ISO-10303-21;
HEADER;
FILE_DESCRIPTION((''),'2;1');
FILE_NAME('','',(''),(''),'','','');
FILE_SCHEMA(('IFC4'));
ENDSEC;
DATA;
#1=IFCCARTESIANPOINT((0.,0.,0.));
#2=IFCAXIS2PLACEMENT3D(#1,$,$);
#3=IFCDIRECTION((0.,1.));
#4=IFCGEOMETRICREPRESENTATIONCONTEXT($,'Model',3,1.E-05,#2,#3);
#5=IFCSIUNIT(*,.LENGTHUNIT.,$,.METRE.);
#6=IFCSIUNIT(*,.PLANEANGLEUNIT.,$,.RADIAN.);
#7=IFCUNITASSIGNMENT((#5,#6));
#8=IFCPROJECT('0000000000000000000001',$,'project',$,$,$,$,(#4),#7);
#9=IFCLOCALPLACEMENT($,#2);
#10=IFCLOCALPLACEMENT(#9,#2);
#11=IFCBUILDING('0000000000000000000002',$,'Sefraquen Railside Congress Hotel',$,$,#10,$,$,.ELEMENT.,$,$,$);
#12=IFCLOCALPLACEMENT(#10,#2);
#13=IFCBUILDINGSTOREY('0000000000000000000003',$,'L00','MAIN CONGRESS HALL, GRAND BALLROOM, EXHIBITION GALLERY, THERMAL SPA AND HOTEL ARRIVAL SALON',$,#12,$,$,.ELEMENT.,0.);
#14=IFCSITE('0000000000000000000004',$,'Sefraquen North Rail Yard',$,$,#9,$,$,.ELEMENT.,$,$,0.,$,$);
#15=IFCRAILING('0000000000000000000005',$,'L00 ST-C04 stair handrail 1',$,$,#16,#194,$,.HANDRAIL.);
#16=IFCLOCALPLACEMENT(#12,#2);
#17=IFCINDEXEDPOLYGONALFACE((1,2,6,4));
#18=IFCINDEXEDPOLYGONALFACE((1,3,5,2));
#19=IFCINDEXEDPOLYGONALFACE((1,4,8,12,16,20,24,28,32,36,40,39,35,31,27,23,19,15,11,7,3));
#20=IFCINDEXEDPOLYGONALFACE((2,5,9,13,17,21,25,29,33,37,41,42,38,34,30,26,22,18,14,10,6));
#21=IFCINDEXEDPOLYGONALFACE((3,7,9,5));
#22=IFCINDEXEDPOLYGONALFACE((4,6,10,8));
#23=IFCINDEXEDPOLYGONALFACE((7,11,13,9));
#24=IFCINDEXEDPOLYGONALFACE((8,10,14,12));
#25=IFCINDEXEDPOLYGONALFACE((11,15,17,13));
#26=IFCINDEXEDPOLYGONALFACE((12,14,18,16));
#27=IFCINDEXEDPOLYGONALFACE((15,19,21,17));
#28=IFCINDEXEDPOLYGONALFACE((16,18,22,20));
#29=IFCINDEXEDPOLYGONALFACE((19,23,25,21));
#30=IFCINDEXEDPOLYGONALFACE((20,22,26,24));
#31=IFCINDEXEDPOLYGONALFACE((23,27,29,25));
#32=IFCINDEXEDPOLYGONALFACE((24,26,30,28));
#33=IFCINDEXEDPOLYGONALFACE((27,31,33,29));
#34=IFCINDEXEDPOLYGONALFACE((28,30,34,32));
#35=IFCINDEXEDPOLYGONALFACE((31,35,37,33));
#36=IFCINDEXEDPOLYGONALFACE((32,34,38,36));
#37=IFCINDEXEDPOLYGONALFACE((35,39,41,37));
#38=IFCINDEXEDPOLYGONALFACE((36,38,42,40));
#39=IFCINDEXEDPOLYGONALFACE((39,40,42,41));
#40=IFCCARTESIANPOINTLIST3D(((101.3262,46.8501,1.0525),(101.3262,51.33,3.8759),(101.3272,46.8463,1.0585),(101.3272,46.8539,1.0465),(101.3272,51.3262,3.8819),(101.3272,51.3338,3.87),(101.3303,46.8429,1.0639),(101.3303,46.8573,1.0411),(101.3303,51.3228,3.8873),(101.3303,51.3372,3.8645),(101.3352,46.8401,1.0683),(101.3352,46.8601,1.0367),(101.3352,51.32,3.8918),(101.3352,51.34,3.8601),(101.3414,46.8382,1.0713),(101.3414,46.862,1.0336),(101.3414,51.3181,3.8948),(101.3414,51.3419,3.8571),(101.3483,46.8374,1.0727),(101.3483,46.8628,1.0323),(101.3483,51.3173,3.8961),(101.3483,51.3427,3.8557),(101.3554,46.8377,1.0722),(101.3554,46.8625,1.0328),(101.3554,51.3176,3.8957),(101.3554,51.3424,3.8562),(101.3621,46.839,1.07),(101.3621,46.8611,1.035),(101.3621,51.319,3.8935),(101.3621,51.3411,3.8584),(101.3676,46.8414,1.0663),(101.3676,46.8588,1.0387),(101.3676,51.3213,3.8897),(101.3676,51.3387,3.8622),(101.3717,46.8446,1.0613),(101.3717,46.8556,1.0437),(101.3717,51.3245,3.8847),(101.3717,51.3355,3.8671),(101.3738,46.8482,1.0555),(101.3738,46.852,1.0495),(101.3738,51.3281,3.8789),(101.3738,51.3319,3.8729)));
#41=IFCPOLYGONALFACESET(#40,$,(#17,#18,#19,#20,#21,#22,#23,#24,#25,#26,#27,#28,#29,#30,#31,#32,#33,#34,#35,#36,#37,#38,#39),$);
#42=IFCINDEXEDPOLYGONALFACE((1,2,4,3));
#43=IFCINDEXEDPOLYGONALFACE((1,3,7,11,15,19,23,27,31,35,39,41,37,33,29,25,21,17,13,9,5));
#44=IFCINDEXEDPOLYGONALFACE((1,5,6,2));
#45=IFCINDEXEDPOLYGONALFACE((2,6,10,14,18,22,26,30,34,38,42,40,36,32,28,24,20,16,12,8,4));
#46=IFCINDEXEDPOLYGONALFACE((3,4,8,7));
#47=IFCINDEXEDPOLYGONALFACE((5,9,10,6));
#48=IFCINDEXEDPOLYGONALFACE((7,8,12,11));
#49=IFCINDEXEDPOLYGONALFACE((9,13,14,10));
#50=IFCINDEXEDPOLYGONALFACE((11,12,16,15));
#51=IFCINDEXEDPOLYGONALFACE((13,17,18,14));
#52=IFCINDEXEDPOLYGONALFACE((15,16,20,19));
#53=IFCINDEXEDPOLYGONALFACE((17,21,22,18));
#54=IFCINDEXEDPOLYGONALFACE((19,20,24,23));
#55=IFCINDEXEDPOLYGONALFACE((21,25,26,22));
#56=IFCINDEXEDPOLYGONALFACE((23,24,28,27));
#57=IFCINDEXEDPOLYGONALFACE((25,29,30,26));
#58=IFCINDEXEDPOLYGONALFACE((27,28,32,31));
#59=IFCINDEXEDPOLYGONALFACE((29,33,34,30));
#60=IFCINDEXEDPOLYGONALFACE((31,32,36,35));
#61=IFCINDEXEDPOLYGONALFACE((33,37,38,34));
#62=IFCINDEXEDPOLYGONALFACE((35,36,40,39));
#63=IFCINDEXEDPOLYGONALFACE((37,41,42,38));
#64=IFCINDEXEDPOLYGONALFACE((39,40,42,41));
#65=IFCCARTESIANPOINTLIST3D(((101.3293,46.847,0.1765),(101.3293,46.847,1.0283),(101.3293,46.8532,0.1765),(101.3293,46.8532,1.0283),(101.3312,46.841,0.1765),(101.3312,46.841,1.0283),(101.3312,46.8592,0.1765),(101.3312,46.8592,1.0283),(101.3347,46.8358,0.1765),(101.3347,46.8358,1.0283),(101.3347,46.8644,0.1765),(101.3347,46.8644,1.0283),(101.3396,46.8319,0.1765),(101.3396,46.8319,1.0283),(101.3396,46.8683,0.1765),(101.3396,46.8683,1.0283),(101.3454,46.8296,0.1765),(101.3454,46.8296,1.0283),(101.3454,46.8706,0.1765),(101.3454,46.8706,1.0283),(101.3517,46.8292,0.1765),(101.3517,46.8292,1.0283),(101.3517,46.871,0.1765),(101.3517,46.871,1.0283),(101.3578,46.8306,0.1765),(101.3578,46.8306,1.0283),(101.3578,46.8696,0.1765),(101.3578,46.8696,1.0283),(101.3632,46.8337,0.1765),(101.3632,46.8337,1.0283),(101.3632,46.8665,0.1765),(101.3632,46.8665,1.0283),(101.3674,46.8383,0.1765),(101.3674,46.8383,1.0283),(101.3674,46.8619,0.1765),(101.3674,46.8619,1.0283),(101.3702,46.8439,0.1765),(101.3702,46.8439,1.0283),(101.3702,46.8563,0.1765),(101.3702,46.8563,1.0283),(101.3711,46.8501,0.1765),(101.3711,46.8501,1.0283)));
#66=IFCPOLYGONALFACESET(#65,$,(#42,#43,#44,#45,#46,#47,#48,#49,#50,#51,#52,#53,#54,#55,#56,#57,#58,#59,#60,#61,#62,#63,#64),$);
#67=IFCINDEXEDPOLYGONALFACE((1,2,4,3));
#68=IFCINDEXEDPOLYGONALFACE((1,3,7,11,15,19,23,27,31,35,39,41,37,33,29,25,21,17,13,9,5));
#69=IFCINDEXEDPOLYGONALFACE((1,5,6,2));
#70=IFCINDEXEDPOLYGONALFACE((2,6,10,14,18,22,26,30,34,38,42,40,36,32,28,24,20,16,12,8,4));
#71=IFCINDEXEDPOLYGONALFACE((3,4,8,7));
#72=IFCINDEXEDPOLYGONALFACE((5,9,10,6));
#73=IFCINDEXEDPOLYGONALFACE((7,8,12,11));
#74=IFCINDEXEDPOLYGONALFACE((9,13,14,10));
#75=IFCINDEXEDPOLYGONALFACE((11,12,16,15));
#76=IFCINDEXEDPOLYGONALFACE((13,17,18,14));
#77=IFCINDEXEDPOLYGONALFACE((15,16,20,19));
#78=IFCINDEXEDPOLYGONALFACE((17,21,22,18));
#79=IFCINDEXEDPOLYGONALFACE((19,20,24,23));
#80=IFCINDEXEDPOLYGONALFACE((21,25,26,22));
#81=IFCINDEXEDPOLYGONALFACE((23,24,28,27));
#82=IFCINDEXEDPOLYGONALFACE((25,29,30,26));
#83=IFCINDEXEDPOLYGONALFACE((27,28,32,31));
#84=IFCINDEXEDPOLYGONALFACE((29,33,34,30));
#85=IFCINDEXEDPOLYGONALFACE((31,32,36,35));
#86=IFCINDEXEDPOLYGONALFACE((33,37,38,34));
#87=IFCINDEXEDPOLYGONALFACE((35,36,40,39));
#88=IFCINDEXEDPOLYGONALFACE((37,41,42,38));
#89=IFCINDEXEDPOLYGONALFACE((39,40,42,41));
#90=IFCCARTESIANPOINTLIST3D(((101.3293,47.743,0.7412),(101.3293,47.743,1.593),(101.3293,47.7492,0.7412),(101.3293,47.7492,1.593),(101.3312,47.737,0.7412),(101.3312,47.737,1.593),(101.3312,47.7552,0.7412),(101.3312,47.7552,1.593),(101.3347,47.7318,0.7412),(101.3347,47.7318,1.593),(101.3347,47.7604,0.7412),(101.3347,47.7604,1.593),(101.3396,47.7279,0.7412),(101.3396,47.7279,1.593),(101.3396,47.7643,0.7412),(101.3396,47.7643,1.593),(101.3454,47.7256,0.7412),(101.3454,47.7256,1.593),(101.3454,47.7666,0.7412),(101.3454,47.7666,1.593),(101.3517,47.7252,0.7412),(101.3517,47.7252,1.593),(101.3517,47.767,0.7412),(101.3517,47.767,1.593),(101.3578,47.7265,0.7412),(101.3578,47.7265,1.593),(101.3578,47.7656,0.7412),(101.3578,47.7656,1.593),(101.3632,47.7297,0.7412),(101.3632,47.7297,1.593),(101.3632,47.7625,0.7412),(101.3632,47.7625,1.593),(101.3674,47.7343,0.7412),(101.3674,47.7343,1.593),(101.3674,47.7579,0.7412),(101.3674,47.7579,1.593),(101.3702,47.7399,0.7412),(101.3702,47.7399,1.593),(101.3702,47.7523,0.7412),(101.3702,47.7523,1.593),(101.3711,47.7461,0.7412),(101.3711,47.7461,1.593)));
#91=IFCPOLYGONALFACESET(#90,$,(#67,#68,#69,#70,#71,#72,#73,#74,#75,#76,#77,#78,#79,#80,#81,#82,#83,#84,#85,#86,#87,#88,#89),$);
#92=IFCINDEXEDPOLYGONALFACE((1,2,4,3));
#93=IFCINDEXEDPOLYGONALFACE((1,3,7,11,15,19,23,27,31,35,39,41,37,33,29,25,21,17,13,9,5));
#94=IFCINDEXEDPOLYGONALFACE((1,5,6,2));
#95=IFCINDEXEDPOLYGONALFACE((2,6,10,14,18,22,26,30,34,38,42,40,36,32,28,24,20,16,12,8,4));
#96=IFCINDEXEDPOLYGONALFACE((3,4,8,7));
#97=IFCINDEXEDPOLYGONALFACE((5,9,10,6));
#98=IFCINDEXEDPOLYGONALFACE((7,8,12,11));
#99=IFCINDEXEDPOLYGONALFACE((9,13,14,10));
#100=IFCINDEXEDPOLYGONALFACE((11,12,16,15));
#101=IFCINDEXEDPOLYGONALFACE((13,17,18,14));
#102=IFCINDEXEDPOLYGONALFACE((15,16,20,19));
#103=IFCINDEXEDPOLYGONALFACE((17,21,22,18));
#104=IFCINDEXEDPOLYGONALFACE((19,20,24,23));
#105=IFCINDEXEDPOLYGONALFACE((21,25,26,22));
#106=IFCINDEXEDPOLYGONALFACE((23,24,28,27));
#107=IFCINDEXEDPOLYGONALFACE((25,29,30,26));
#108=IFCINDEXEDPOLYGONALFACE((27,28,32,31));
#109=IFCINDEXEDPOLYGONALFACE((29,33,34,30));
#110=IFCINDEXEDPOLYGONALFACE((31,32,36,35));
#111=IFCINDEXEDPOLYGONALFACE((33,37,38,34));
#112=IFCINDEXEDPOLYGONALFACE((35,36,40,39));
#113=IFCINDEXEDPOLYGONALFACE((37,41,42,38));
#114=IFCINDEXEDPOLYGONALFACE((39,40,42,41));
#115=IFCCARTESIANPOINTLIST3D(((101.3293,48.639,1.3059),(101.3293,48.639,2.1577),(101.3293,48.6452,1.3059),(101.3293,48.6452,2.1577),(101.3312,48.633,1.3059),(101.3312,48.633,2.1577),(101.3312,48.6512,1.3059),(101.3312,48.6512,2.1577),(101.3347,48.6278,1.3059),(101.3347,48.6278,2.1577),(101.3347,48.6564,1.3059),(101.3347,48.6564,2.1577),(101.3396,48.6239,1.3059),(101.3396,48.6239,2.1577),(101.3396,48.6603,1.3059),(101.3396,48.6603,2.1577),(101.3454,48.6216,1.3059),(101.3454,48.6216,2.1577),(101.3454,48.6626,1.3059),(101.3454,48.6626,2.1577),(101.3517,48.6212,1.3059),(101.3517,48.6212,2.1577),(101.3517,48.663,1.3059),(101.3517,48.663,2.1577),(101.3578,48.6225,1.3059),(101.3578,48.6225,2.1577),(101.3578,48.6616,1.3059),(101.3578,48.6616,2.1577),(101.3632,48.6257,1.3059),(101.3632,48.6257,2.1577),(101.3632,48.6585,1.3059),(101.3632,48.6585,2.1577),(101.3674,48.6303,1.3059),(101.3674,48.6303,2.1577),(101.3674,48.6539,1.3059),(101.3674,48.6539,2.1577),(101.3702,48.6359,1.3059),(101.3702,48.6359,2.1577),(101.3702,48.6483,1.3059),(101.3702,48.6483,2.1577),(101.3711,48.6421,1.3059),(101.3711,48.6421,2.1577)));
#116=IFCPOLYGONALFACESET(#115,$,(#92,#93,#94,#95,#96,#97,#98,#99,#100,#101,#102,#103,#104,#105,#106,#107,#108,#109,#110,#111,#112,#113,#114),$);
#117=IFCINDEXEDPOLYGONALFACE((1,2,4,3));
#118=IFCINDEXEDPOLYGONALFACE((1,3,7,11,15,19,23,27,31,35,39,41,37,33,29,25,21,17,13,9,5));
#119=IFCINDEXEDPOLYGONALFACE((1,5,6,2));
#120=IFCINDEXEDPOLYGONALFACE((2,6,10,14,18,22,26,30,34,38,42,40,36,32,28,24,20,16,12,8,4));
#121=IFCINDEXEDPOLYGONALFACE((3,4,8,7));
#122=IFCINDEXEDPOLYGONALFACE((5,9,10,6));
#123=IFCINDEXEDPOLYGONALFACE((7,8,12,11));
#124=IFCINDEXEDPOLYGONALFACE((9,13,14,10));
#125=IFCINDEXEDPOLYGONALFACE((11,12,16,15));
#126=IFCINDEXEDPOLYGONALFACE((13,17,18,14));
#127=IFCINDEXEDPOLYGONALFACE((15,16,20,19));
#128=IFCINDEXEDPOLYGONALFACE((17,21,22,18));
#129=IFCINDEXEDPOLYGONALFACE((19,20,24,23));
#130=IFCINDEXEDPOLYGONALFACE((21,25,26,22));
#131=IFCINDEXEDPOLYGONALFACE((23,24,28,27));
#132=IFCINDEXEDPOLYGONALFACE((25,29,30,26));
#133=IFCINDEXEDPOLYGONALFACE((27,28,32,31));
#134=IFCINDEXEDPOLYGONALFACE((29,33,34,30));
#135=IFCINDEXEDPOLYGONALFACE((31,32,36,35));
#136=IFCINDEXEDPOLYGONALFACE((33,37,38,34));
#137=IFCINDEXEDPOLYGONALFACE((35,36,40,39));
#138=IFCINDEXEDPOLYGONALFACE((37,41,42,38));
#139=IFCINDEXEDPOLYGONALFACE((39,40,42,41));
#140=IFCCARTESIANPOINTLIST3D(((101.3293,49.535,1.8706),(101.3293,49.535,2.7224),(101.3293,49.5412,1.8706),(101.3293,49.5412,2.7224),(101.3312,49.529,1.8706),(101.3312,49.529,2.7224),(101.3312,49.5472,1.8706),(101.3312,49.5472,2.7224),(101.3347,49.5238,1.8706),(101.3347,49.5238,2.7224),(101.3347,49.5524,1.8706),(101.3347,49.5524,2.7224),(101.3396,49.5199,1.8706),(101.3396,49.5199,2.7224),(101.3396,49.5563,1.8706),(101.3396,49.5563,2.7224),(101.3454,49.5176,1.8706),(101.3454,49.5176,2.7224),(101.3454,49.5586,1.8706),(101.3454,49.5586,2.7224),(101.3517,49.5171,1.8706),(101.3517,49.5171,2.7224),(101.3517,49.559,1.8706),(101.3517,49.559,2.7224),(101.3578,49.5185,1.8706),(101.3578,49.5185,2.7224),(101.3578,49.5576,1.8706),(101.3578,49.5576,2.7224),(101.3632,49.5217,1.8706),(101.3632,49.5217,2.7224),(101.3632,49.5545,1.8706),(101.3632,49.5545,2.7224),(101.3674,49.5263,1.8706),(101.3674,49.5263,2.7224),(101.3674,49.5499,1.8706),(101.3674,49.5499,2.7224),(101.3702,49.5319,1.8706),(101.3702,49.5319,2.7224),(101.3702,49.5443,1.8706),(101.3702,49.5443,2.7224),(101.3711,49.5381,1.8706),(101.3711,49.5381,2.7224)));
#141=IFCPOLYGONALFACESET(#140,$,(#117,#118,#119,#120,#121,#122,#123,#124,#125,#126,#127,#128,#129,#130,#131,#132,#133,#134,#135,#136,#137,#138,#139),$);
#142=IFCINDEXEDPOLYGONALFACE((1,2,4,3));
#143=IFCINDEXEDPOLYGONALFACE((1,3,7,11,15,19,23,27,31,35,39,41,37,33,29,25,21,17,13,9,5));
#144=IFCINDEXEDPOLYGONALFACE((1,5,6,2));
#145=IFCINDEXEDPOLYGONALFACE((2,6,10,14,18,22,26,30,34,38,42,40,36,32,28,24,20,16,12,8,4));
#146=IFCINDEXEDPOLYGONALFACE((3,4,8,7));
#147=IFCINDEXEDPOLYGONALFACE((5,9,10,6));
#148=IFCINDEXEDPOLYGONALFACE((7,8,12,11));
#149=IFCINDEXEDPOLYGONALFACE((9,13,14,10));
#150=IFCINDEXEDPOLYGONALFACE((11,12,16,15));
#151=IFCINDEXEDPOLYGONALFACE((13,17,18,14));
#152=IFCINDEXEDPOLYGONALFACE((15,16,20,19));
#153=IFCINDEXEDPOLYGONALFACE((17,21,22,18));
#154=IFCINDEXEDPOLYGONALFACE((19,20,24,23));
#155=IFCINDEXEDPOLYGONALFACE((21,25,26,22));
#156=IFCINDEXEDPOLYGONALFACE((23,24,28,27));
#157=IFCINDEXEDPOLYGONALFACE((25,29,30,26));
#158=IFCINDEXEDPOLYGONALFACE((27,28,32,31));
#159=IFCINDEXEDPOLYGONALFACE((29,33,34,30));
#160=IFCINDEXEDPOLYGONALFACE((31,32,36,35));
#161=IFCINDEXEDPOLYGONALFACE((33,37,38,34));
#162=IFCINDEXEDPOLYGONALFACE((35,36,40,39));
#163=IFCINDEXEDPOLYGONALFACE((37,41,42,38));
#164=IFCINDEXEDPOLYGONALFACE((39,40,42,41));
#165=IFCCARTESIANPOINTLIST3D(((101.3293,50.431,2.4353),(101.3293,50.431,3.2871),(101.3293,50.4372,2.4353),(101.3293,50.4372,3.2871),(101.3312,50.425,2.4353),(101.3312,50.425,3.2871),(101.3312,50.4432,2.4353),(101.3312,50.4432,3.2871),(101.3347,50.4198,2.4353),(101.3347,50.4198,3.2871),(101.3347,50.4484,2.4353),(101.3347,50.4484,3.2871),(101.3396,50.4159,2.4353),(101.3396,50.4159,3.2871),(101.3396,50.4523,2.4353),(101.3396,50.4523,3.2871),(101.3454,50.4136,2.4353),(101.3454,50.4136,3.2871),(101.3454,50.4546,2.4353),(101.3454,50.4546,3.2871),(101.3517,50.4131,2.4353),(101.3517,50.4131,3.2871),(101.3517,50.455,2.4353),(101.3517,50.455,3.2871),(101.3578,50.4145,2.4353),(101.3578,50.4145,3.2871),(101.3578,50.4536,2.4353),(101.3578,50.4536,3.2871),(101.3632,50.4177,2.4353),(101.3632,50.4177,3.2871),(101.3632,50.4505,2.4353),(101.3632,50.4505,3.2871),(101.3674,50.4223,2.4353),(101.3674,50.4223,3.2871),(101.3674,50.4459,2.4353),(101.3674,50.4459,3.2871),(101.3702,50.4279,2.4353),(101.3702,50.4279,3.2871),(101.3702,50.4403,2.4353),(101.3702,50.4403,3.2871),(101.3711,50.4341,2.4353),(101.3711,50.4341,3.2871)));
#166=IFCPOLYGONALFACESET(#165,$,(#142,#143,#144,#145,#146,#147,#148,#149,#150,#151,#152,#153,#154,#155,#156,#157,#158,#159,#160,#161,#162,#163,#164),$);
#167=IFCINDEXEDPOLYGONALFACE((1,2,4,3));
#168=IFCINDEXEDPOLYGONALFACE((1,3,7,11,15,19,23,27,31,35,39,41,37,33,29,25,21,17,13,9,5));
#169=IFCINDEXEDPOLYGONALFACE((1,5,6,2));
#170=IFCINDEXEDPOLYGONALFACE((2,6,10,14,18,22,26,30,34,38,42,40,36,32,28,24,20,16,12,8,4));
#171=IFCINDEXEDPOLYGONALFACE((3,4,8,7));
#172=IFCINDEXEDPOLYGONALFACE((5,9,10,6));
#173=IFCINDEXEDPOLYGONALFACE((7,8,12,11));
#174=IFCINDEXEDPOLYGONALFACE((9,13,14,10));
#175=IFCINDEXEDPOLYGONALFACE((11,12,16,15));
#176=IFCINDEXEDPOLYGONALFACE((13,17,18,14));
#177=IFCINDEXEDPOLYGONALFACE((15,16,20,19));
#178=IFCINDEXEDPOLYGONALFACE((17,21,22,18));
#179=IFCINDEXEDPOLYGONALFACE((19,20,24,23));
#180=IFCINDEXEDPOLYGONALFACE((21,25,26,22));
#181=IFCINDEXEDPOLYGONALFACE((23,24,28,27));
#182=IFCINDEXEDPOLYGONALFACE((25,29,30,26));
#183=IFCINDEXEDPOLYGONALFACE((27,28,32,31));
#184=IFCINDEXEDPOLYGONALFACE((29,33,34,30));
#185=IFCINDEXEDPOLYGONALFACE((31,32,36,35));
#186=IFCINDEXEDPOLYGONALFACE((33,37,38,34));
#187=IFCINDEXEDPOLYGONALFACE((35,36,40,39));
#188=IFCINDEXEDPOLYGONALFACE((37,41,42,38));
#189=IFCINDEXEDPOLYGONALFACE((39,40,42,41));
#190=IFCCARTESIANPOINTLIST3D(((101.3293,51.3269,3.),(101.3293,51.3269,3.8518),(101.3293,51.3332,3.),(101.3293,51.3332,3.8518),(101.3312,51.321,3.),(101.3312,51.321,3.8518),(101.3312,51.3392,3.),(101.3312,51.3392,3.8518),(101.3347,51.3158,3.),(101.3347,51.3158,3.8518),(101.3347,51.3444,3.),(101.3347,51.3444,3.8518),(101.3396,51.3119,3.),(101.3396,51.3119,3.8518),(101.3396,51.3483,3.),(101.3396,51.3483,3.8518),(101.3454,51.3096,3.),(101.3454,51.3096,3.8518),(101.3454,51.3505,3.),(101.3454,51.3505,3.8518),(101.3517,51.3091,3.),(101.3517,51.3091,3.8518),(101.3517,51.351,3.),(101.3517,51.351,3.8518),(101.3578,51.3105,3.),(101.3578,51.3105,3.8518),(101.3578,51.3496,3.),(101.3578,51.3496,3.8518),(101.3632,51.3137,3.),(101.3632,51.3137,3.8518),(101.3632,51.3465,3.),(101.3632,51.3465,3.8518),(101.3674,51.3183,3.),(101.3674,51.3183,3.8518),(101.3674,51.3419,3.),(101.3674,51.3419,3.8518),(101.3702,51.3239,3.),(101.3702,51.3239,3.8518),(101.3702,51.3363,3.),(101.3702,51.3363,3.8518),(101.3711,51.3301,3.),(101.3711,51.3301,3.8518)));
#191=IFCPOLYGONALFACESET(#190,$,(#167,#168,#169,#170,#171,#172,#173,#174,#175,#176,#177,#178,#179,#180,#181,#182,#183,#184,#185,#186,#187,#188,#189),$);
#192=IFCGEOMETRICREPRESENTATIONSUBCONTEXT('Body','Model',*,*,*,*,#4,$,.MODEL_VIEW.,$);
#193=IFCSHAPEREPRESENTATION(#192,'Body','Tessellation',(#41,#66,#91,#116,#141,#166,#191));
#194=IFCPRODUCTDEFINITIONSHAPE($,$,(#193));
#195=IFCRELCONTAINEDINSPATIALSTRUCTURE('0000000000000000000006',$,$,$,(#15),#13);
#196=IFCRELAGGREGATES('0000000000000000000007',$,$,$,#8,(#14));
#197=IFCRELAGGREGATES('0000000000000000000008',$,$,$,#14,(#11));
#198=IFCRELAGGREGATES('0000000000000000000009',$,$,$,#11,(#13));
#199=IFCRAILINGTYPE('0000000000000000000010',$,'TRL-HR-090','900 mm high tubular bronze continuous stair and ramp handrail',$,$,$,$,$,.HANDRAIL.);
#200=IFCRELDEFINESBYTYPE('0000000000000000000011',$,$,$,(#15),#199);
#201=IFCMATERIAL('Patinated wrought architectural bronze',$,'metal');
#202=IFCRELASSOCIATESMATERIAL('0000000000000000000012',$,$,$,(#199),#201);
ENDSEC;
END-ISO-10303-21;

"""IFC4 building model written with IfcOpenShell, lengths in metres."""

from ifc_helpers import new_model, si_unit, direction, frame, origin, origin_2d, place, context, subcontext, project, spatial, circle, extrude, material, type_object, element, save


model = new_model("IFC4")

# Units and contexts
model_context = context("Model", 3, precision=1e-05, world=origin(), true_north=direction((0.0, 1.0)))
body_context = subcontext(model_context, "Body", "Model", "MODEL_VIEW")
ifc_project = project(units=[si_unit("LENGTHUNIT", "METRE"), si_unit("PLANEANGLEUNIT", "RADIAN")], contexts=[model_context])

# Site, building, storey
site_placement = place(None, origin())
site = spatial("IfcSite", under=ifc_project, at=site_placement, Name="Sefraquen North Rail Yard", CompositionType="ELEMENT", RefElevation=0.0)
building_placement = place(site_placement, origin())
building = spatial("IfcBuilding", under=site, at=building_placement, Name="Sefraquen Railside Congress Hotel", CompositionType="ELEMENT")
storey_placement = place(building_placement, origin())
storey = spatial("IfcBuildingStorey", under=building, at=storey_placement, Name="L00", Description="MAIN CONGRESS HALL, GRAND BALLROOM, EXHIBITION GALLERY, THERMAL SPA AND HOTEL ARRIVAL SALON", CompositionType="ELEMENT", Elevation=0.0)

# Railing
ifc_material_1 = material(Name="Patinated wrought architectural bronze", Category="metal")
railing_type_1 = type_object("IfcRailingType", Name="TRL-HR-090", Description="900 mm high tubular bronze continuous stair and ramp handrail", PredefinedType="HANDRAIL", material=ifc_material_1)
railing_1_placement = place(storey_placement, frame((101.3501, 46.8501, 0.1765)))
element("IfcRailing", 1, at=railing_1_placement, inside=storey, type_object=railing_type_1, Name="L00 ST-C04 stair handrail 1", PredefinedType="HANDRAIL", context=body_context, shape_type="SweptSolid", body=[
    extrude(circle(Radius=0.0239, at=origin_2d()), frame((0.0, 0.0, 0.876), z_axis=(0.0, 0.845998, 0.533186), x_axis=(-1.0, 0.0, 0.0)), (0.0, 0.0, 1.0), 5.2954),
    extrude(circle(Radius=0.021, at=origin_2d()), origin(), (0.0, 0.0, 1.0), 0.8518),
    extrude(circle(Radius=0.021, at=origin_2d()), frame((0.0, 0.896, 0.5647)), (0.0, 0.0, 1.0), 0.8518),
    extrude(circle(Radius=0.021, at=origin_2d()), frame((0.0, 1.792, 1.1294)), (0.0, 0.0, 1.0), 0.8518),
    extrude(circle(Radius=0.021, at=origin_2d()), frame((0.0, 2.688, 1.6941)), (0.0, 0.0, 1.0), 0.8518),
    extrude(circle(Radius=0.021, at=origin_2d()), frame((0.0, 3.584, 2.2588)), (0.0, 0.0, 1.0), 0.8518),
    extrude(circle(Radius=0.021, at=origin_2d()), frame((0.0, 4.48, 2.8235)), (0.0, 0.0, 1.0), 0.8518),
])

save(model, "model.ifc")
